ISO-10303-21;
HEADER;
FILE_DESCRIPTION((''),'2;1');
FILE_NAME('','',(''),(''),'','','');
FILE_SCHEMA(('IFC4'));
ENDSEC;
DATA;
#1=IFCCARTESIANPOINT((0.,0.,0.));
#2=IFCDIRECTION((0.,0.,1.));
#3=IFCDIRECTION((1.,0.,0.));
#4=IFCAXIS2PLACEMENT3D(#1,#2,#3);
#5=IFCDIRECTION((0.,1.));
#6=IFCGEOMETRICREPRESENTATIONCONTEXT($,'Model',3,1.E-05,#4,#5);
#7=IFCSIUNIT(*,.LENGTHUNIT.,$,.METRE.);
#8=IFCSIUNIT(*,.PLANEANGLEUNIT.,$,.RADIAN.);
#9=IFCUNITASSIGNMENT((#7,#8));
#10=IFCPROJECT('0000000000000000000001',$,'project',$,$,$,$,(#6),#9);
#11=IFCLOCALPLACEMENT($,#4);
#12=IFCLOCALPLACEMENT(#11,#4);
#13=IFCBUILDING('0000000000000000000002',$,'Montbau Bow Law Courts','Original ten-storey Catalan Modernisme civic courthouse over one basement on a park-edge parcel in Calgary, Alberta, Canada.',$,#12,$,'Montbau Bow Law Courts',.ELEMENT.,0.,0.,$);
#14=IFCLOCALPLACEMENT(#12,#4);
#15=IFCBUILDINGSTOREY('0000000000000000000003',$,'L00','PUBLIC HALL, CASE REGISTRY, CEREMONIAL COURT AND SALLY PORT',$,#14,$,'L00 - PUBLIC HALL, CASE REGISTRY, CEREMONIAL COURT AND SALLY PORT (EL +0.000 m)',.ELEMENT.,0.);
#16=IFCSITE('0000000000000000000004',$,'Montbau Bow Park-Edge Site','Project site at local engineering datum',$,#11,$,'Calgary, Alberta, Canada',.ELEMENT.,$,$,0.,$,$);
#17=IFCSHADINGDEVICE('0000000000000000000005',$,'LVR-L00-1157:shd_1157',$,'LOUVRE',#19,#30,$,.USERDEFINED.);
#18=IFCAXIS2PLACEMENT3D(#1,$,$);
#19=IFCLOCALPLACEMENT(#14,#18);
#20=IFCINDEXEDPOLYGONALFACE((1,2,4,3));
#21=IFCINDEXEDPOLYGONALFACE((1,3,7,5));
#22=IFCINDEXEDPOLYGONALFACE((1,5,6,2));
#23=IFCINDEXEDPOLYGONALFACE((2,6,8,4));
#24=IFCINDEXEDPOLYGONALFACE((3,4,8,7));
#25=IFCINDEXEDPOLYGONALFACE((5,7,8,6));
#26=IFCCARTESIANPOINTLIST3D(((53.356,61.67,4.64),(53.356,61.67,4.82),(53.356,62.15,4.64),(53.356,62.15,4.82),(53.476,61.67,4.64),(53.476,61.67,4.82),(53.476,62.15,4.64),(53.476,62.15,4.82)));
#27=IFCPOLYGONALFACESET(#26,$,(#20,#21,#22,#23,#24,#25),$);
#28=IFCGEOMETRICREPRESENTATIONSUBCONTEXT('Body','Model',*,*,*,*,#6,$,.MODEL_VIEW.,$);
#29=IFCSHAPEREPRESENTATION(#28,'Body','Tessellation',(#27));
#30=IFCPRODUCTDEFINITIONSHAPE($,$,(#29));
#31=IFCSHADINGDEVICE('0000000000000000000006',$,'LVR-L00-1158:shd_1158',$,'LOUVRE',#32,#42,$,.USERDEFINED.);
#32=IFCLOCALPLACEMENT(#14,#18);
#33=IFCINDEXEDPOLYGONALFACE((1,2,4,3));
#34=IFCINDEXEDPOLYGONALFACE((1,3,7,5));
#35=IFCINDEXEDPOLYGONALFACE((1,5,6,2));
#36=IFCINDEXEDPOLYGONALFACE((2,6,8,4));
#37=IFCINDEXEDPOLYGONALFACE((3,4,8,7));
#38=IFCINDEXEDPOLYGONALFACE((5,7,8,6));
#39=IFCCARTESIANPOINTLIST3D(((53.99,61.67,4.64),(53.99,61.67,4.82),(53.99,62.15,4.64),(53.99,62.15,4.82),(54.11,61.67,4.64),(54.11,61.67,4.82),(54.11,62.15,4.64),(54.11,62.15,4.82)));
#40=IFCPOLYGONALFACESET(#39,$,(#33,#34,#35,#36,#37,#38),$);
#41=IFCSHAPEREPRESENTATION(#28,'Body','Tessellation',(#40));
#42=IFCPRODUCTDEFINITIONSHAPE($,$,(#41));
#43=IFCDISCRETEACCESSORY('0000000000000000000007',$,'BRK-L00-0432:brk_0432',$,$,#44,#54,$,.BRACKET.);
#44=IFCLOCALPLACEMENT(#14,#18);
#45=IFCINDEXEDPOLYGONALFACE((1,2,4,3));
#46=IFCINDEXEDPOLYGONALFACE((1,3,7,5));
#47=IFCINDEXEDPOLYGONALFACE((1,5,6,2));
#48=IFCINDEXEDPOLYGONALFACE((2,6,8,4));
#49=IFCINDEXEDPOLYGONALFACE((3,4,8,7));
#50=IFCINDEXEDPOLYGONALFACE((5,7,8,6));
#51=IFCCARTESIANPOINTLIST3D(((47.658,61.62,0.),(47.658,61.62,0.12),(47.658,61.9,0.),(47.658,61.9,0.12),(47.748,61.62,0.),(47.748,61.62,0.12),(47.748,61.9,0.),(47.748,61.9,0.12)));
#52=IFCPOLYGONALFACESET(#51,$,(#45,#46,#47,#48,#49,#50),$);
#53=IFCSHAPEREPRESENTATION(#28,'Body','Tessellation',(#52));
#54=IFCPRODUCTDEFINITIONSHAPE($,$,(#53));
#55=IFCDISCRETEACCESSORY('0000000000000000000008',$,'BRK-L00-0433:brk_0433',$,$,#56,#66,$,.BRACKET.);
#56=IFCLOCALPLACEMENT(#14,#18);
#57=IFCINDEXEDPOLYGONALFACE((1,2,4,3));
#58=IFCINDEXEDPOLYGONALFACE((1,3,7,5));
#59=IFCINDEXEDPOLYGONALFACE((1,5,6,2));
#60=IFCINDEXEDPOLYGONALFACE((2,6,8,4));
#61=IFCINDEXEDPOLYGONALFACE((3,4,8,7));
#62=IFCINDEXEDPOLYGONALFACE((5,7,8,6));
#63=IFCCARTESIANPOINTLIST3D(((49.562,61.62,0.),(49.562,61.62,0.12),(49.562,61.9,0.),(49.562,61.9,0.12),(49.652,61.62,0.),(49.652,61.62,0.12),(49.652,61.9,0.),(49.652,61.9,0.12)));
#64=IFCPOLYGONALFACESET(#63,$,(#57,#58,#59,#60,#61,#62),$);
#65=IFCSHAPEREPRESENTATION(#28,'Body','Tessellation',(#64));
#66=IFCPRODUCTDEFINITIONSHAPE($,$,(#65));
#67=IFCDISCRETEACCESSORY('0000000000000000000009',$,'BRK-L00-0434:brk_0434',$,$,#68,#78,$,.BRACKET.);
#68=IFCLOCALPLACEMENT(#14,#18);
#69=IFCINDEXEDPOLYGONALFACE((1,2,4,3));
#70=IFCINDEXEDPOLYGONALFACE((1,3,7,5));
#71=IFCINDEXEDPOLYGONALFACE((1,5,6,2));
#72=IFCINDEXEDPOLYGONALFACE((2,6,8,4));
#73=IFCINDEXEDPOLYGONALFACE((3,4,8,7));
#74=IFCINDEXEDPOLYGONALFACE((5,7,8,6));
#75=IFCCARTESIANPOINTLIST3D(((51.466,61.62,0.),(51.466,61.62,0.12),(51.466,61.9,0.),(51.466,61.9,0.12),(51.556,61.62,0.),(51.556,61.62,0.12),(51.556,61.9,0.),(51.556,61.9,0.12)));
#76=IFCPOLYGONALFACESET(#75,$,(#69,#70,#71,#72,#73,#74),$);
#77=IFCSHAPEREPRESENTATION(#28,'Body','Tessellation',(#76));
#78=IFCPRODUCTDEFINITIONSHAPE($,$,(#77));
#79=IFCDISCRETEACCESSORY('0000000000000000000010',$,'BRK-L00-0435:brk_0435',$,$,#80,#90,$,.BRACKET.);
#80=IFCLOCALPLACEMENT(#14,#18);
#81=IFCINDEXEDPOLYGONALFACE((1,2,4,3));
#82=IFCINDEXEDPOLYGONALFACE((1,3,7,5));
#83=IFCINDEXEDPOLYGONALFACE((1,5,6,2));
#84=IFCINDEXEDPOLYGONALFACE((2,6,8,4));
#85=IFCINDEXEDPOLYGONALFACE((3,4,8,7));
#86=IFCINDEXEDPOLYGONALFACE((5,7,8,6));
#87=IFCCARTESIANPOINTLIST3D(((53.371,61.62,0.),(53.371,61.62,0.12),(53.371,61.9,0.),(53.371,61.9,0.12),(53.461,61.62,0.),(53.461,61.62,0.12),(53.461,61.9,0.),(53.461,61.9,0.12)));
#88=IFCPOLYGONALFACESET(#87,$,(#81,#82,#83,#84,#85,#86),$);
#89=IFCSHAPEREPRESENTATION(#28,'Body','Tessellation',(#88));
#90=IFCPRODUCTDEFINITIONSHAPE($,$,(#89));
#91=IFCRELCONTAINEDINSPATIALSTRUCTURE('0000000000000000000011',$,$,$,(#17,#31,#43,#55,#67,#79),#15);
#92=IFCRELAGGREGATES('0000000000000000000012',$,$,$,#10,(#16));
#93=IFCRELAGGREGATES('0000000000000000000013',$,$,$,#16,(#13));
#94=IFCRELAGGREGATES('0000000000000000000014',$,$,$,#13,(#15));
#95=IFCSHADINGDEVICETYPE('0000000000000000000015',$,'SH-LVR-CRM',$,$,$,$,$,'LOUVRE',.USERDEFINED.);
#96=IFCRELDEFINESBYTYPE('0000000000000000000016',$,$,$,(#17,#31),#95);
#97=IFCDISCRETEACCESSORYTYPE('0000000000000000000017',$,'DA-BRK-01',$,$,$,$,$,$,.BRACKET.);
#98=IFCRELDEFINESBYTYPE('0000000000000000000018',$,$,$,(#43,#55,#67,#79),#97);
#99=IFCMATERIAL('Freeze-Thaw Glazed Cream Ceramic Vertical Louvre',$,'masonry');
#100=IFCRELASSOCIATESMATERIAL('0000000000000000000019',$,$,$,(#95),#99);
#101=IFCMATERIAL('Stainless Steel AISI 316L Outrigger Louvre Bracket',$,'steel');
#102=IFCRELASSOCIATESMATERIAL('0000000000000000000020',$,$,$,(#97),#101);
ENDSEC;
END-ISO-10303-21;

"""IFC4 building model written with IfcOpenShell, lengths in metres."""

from ifc_helpers import new_model, si_unit, direction, frame, origin_with_axes, origin_2d_with_axis, place, context, subcontext, project, spatial, rectangle, extrude, material, type_object, element, save


model = new_model("IFC4")

# Units and contexts
model_context = context("Model", 3, precision=1e-05, world=origin_with_axes(), true_north=direction((0.0, 1.0)))
body_context = subcontext(model_context, "Body", "Model", "MODEL_VIEW")
ifc_project = project(units=[si_unit("LENGTHUNIT", "METRE"), si_unit("PLANEANGLEUNIT", "RADIAN")], contexts=[model_context])

# Site, building, storey
site_placement = place(None, origin_with_axes())
site = spatial("IfcSite", under=ifc_project, at=site_placement, Name="Montbau Bow Park-Edge Site", Description="Project site at local engineering datum", LongName="Calgary, Alberta, Canada", CompositionType="ELEMENT", RefElevation=0.0)
building_placement = place(site_placement, origin_with_axes())
building = spatial("IfcBuilding", under=site, at=building_placement, Name="Montbau Bow Law Courts", Description="Original ten-storey Catalan Modernisme civic courthouse over one basement on a park-edge parcel in Calgary, Alberta, Canada.", LongName="Montbau Bow Law Courts", CompositionType="ELEMENT", ElevationOfRefHeight=0.0, ElevationOfTerrain=0.0)
storey_placement = place(building_placement, origin_with_axes())
storey = spatial("IfcBuildingStorey", under=building, at=storey_placement, Name="L00", Description="PUBLIC HALL, CASE REGISTRY, CEREMONIAL COURT AND SALLY PORT", LongName="L00 - PUBLIC HALL, CASE REGISTRY, CEREMONIAL COURT AND SALLY PORT (EL +0.000 m)", CompositionType="ELEMENT", Elevation=0.0)

# Shading devices
ifc_material_1 = material(Name="Freeze-Thaw Glazed Cream Ceramic Vertical Louvre", Category="masonry")
shading_device_type = type_object("IfcShadingDeviceType", Name="SH-LVR-CRM", ElementType="LOUVRE", PredefinedType="USERDEFINED", material=ifc_material_1)
for number, where, z_axis, x_axis, name in (
    (1, (53.416, 61.91, 4.64), (0.0, 0.0, 1.0), (0.0, 1.0, 0.0), "LVR-L00-1157:shd_1157"),
    (2, (54.05, 61.91, 4.64), (0.0, 0.0, 1.0), (0.0, 1.0, 0.0), "LVR-L00-1158:shd_1158"),
):
    element("IfcShadingDevice", number, at=place(None, frame(where, z_axis=z_axis, x_axis=x_axis)), inside=storey, type_object=shading_device_type, Name=name, ObjectType="LOUVRE", PredefinedType="USERDEFINED", context=body_context, shape_type="SweptSolid", body=[
        extrude(rectangle(XDim=0.48, YDim=0.12, at=origin_2d_with_axis()), origin_with_axes(), (0.0, 0.0, 1.0), 0.18),
    ])

# Discrete accessories
ifc_material_2 = material(Name="Stainless Steel AISI 316L Outrigger Louvre Bracket", Category="steel")
discrete_accessory_type = type_object("IfcDiscreteAccessoryType", Name="DA-BRK-01", PredefinedType="BRACKET", material=ifc_material_2)
for number, where, z_axis, x_axis, name in (
    (3, (47.703, 61.76, 0.0), (0.0, 0.0, 1.0), (0.0, 1.0, 0.0), "BRK-L00-0432:brk_0432"),
    (4, (49.607, 61.76, 0.0), (0.0, 0.0, 1.0), (0.0, 1.0, 0.0), "BRK-L00-0433:brk_0433"),
    (5, (51.511, 61.76, 0.0), (0.0, 0.0, 1.0), (0.0, 1.0, 0.0), "BRK-L00-0434:brk_0434"),
    (6, (53.416, 61.76, 0.0), (0.0, 0.0, 1.0), (0.0, 1.0, 0.0), "BRK-L00-0435:brk_0435"),
):
    element("IfcDiscreteAccessory", number, at=place(None, frame(where, z_axis=z_axis, x_axis=x_axis)), inside=storey, type_object=discrete_accessory_type, Name=name, PredefinedType="BRACKET", context=body_context, shape_type="SweptSolid", body=[
        extrude(rectangle(XDim=0.28, YDim=0.09, at=origin_2d_with_axis()), origin_with_axes(), (0.0, 0.0, 1.0), 0.12),
    ])

save(model, "model.ifc")
